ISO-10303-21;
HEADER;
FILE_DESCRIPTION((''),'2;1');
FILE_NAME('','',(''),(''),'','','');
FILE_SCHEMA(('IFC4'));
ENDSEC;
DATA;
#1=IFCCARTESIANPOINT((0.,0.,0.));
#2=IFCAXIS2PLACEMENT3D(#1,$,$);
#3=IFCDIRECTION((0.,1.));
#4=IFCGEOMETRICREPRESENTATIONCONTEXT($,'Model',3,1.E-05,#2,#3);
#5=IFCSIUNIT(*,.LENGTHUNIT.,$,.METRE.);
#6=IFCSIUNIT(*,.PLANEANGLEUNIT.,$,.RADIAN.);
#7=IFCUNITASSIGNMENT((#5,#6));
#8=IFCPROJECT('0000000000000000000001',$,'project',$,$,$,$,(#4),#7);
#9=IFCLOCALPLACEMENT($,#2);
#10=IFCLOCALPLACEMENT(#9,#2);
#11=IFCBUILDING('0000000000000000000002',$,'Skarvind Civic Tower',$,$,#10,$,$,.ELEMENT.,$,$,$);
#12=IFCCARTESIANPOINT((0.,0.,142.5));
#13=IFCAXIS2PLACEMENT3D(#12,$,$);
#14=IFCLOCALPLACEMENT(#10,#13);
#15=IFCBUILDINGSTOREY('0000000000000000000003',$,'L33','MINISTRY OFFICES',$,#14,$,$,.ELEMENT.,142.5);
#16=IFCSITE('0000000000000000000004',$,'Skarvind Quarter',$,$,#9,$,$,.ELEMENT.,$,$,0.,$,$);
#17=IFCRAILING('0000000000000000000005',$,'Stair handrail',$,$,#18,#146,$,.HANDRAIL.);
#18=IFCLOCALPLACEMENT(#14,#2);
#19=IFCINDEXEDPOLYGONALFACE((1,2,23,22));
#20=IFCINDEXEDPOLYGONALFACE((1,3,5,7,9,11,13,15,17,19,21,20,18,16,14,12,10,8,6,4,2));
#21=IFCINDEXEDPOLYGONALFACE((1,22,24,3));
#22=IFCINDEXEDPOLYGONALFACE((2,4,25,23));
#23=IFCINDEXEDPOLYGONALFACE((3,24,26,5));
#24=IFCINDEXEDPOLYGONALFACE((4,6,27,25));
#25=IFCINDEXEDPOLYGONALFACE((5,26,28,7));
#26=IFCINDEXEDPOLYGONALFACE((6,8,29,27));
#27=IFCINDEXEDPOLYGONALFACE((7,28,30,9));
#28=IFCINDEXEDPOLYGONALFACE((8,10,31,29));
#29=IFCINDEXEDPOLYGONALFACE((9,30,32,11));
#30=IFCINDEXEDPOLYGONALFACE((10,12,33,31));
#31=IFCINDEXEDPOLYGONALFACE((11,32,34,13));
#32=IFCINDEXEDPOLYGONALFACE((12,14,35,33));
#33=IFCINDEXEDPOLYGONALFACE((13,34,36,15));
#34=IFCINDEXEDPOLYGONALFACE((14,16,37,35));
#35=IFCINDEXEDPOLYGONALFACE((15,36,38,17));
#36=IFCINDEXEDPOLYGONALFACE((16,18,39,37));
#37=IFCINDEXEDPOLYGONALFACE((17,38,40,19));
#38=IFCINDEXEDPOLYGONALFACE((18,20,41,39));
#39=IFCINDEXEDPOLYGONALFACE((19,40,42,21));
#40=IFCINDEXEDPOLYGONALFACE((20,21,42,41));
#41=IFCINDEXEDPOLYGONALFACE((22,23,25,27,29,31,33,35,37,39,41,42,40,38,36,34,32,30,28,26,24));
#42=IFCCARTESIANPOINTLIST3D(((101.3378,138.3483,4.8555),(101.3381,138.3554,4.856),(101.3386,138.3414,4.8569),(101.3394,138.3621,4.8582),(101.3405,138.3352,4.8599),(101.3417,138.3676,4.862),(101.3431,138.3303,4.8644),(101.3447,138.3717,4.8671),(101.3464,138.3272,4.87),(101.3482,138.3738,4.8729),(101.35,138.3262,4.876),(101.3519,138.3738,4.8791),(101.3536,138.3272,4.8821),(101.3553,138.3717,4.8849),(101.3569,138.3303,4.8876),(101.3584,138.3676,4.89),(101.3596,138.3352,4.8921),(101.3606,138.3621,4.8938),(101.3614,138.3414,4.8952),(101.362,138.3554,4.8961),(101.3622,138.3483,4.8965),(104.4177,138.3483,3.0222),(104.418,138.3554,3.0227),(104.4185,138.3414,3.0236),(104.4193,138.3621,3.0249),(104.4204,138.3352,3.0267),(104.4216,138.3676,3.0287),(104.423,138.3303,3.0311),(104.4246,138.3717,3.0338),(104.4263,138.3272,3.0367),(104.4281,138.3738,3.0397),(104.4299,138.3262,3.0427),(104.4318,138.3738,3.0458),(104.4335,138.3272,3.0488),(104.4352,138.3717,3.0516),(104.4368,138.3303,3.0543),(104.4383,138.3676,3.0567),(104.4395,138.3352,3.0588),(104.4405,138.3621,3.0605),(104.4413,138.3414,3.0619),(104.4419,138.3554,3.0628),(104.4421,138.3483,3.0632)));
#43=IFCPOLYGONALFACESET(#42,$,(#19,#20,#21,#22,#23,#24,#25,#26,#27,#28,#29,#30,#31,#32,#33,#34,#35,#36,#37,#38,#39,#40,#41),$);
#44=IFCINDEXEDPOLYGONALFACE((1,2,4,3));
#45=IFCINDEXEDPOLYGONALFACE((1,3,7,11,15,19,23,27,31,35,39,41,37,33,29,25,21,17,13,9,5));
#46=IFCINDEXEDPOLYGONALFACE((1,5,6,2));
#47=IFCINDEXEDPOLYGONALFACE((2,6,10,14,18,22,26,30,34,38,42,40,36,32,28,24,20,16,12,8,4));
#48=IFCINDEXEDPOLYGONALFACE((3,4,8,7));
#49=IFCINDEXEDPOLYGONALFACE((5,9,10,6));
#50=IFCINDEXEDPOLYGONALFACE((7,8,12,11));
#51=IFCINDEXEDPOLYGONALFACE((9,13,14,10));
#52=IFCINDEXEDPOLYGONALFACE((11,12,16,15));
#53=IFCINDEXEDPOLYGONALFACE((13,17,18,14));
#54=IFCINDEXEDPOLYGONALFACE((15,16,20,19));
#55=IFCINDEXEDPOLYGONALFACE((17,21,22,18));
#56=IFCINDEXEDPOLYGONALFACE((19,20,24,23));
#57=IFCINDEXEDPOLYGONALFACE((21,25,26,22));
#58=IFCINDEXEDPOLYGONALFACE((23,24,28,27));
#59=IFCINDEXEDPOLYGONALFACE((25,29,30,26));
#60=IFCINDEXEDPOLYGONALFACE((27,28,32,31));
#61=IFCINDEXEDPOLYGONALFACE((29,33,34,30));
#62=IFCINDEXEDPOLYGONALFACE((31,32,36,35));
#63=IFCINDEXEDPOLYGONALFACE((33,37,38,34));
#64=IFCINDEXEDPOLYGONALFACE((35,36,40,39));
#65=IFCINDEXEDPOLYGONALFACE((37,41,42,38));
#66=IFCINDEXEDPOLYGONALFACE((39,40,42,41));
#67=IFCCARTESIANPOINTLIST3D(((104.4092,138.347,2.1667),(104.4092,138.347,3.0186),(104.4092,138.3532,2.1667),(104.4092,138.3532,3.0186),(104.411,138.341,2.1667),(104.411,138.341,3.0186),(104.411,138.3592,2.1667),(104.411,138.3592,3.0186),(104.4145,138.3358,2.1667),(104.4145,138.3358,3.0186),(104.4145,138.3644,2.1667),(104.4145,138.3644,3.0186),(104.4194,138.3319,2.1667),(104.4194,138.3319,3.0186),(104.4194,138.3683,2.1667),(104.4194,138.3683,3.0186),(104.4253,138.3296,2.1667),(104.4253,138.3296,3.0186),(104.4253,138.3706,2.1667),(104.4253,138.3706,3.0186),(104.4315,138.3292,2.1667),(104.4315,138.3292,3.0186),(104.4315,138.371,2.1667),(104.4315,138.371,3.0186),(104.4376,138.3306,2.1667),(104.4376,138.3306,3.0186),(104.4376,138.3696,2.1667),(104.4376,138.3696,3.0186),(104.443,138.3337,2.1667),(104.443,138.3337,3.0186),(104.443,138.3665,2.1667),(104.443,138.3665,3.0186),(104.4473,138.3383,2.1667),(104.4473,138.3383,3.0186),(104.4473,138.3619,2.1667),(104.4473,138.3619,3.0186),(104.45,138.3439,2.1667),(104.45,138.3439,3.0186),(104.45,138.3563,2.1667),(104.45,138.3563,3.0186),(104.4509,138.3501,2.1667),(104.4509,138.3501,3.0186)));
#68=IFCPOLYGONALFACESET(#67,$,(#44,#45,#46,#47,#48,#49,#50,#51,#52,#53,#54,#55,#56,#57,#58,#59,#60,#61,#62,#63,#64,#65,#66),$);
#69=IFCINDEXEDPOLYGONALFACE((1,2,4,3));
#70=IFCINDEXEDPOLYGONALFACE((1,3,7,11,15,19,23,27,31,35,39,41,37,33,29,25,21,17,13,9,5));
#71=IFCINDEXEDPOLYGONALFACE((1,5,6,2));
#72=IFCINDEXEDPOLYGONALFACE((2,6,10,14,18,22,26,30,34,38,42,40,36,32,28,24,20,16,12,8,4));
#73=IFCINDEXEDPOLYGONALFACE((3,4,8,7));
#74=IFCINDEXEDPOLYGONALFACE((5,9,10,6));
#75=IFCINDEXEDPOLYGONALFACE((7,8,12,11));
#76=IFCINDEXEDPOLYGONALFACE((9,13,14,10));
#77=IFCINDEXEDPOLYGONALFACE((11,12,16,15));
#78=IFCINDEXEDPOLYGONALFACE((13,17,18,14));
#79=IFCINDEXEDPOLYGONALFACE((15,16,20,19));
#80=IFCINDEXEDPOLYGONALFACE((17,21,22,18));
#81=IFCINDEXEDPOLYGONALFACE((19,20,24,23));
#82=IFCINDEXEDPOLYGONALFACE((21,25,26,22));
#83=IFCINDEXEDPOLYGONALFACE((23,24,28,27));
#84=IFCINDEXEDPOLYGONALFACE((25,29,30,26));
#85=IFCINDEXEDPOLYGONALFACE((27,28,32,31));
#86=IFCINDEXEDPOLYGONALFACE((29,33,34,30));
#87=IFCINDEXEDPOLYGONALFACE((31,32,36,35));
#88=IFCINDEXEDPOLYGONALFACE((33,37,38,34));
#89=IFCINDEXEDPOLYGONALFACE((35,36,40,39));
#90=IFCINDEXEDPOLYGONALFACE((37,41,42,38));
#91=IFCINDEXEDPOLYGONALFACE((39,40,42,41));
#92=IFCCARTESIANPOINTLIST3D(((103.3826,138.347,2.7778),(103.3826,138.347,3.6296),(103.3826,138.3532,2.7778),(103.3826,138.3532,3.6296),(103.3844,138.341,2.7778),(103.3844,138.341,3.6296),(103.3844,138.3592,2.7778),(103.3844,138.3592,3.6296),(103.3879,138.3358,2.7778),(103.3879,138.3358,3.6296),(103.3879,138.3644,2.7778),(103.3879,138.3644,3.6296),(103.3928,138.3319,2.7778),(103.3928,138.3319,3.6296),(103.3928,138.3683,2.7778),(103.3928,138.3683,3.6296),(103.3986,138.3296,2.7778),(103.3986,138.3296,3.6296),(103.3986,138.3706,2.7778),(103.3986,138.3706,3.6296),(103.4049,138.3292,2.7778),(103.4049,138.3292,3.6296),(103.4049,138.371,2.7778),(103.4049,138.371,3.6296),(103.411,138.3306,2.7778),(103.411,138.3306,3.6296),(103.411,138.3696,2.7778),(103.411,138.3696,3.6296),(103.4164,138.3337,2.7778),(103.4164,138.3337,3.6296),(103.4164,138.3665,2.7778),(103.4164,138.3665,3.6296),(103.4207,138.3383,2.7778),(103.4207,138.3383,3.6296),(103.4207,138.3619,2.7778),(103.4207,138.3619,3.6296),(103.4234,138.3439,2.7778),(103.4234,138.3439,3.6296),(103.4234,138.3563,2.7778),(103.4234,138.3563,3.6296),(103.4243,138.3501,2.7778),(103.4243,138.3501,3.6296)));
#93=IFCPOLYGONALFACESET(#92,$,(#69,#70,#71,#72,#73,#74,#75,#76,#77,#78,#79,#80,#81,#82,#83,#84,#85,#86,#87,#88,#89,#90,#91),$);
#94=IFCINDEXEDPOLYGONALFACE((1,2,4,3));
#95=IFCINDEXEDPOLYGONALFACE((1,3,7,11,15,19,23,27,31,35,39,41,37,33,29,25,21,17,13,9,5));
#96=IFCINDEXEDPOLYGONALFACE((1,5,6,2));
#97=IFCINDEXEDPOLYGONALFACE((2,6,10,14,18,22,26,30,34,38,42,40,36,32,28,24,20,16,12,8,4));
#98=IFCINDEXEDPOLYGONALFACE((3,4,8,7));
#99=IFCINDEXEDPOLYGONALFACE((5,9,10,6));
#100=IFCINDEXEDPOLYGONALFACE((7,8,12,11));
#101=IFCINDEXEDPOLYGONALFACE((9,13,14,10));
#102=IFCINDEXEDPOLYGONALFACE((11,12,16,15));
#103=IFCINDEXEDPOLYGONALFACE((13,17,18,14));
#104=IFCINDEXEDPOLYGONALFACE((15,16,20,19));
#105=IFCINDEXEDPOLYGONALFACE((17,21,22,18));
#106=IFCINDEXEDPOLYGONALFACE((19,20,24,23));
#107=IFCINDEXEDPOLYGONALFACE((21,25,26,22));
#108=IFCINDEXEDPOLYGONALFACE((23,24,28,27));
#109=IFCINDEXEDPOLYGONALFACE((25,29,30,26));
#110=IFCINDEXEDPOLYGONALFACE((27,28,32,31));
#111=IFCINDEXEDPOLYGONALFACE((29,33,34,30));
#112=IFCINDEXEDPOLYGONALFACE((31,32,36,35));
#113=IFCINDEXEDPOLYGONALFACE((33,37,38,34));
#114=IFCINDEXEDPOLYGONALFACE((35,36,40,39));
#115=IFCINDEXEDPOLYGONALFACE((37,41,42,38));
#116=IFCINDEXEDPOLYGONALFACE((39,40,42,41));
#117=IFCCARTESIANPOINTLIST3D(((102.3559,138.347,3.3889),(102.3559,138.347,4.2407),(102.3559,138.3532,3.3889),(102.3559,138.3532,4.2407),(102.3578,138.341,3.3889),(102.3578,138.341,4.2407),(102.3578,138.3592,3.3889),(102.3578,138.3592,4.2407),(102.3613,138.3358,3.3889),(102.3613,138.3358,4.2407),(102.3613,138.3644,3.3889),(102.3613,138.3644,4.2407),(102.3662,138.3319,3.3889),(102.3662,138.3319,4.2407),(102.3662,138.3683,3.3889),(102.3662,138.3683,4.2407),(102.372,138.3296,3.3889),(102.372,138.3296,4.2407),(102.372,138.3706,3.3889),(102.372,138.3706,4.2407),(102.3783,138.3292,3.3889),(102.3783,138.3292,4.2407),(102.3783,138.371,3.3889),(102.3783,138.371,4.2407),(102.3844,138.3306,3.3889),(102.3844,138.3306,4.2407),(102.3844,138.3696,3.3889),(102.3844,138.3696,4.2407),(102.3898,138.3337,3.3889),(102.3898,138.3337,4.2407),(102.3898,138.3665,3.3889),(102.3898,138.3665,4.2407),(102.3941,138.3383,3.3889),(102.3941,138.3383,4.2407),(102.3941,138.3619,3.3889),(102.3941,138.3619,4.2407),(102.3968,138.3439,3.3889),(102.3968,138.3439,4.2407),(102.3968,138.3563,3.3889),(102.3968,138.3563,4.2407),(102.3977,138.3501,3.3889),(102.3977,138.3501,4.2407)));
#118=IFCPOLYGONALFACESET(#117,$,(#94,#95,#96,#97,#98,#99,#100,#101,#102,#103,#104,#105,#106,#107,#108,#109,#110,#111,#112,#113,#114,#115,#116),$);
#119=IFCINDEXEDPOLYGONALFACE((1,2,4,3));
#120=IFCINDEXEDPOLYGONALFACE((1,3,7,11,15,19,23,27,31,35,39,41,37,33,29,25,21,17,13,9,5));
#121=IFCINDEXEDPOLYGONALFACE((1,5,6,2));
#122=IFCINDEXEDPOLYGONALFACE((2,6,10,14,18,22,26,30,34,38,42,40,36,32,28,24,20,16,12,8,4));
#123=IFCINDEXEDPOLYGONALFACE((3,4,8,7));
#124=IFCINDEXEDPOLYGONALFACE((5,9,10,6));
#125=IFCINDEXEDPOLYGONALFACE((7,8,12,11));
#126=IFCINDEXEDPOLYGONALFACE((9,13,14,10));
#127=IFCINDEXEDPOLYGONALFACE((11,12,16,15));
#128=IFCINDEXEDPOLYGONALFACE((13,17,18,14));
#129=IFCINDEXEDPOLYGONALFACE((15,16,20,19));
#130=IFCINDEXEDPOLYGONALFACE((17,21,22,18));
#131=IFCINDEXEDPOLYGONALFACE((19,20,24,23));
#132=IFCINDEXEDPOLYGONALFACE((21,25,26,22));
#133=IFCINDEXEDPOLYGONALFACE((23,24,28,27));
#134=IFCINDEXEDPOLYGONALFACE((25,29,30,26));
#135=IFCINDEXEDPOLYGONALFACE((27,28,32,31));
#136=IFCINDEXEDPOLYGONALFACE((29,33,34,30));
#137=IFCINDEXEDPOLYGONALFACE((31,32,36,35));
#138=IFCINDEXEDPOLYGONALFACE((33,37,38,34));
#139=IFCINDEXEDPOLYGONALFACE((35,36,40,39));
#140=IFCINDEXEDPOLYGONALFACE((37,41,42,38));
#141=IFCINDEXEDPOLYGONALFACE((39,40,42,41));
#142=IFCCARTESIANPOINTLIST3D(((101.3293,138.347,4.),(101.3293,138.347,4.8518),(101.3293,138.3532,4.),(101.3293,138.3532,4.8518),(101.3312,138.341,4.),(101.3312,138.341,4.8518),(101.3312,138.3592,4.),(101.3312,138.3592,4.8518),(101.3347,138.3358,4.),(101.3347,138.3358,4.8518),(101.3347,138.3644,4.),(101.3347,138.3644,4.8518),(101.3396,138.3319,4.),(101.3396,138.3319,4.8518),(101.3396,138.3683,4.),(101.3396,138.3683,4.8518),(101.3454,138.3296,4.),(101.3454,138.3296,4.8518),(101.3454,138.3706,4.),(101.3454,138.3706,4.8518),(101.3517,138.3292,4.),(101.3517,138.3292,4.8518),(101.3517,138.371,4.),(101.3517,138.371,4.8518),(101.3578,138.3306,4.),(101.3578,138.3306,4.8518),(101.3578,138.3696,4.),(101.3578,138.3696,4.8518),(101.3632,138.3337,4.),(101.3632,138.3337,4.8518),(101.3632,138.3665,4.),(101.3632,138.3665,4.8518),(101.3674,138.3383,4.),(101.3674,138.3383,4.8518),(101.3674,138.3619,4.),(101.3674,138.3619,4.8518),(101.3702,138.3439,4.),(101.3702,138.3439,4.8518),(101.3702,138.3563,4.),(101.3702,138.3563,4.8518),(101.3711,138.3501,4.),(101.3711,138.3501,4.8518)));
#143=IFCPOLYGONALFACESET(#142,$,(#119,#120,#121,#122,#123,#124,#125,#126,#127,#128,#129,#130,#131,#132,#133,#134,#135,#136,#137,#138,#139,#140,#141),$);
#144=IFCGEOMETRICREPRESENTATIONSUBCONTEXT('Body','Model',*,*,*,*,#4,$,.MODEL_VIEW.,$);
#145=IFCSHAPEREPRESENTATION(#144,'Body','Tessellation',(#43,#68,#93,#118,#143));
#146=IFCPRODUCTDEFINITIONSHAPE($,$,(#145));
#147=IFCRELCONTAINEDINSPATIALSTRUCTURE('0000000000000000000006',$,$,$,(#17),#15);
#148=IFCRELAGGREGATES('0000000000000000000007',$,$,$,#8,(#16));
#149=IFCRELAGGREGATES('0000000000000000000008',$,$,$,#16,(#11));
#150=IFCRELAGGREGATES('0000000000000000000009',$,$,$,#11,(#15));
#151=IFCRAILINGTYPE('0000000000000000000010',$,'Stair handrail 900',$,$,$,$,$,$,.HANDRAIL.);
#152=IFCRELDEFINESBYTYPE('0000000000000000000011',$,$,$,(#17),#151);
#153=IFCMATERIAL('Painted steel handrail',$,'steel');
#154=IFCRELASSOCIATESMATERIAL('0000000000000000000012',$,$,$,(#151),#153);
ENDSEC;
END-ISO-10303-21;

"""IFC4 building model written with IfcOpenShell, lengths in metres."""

from ifc_helpers import new_model, si_unit, direction, frame, origin, origin_2d, place, context, subcontext, project, spatial, circle, extrude, material, type_object, element, save


model = new_model("IFC4")

# Units and contexts
model_context = context("Model", 3, precision=1e-05, world=origin(), true_north=direction((0.0, 1.0)))
body_context = subcontext(model_context, "Body", "Model", "MODEL_VIEW")
ifc_project = project(units=[si_unit("LENGTHUNIT", "METRE"), si_unit("PLANEANGLEUNIT", "RADIAN")], contexts=[model_context])

# Site, building, storey
site_placement = place(None, origin())
site = spatial("IfcSite", under=ifc_project, at=site_placement, Name="Skarvind Quarter", CompositionType="ELEMENT", RefElevation=0.0)
building_placement = place(site_placement, origin())
building = spatial("IfcBuilding", under=site, at=building_placement, Name="Skarvind Civic Tower", CompositionType="ELEMENT")
storey_placement = place(building_placement, frame((0.0, 0.0, 142.5)))
storey = spatial("IfcBuildingStorey", under=building, at=storey_placement, Name="L33", Description="MINISTRY OFFICES", CompositionType="ELEMENT", Elevation=142.5)

# Railing
ifc_material_1 = material(Name="Painted steel handrail", Category="steel")
railing_type = type_object("IfcRailingType", Name="Stair handrail 900", PredefinedType="HANDRAIL", material=ifc_material_1)
railing_1_placement = place(storey_placement, frame((104.4299, 138.3501, 2.1667)))
element("IfcRailing", 1, at=railing_1_placement, inside=storey, type_object=railing_type, Name="Stair handrail", PredefinedType="HANDRAIL", context=body_context, shape_type="SweptSolid", body=[
    extrude(circle(Radius=0.0239, at=origin_2d()), frame((0.0, 0.0, 0.876), z_axis=(-0.859291, 0.0, 0.511487), x_axis=(0.0, -1.0, 0.0)), (0.0, 0.0, 1.0), 3.5842),
    extrude(circle(Radius=0.021, at=origin_2d()), origin(), (0.0, 0.0, 1.0), 0.8518),
    extrude(circle(Radius=0.021, at=origin_2d()), frame((-1.0266, 0.0, 0.6111)), (0.0, 0.0, 1.0), 0.8518),
    extrude(circle(Radius=0.021, at=origin_2d()), frame((-2.0532, 0.0, 1.2222)), (0.0, 0.0, 1.0), 0.8518),
    extrude(circle(Radius=0.021, at=origin_2d()), frame((-3.0798, 0.0, 1.8333)), (0.0, 0.0, 1.0), 0.8518),
])

save(model, "model.ifc")
